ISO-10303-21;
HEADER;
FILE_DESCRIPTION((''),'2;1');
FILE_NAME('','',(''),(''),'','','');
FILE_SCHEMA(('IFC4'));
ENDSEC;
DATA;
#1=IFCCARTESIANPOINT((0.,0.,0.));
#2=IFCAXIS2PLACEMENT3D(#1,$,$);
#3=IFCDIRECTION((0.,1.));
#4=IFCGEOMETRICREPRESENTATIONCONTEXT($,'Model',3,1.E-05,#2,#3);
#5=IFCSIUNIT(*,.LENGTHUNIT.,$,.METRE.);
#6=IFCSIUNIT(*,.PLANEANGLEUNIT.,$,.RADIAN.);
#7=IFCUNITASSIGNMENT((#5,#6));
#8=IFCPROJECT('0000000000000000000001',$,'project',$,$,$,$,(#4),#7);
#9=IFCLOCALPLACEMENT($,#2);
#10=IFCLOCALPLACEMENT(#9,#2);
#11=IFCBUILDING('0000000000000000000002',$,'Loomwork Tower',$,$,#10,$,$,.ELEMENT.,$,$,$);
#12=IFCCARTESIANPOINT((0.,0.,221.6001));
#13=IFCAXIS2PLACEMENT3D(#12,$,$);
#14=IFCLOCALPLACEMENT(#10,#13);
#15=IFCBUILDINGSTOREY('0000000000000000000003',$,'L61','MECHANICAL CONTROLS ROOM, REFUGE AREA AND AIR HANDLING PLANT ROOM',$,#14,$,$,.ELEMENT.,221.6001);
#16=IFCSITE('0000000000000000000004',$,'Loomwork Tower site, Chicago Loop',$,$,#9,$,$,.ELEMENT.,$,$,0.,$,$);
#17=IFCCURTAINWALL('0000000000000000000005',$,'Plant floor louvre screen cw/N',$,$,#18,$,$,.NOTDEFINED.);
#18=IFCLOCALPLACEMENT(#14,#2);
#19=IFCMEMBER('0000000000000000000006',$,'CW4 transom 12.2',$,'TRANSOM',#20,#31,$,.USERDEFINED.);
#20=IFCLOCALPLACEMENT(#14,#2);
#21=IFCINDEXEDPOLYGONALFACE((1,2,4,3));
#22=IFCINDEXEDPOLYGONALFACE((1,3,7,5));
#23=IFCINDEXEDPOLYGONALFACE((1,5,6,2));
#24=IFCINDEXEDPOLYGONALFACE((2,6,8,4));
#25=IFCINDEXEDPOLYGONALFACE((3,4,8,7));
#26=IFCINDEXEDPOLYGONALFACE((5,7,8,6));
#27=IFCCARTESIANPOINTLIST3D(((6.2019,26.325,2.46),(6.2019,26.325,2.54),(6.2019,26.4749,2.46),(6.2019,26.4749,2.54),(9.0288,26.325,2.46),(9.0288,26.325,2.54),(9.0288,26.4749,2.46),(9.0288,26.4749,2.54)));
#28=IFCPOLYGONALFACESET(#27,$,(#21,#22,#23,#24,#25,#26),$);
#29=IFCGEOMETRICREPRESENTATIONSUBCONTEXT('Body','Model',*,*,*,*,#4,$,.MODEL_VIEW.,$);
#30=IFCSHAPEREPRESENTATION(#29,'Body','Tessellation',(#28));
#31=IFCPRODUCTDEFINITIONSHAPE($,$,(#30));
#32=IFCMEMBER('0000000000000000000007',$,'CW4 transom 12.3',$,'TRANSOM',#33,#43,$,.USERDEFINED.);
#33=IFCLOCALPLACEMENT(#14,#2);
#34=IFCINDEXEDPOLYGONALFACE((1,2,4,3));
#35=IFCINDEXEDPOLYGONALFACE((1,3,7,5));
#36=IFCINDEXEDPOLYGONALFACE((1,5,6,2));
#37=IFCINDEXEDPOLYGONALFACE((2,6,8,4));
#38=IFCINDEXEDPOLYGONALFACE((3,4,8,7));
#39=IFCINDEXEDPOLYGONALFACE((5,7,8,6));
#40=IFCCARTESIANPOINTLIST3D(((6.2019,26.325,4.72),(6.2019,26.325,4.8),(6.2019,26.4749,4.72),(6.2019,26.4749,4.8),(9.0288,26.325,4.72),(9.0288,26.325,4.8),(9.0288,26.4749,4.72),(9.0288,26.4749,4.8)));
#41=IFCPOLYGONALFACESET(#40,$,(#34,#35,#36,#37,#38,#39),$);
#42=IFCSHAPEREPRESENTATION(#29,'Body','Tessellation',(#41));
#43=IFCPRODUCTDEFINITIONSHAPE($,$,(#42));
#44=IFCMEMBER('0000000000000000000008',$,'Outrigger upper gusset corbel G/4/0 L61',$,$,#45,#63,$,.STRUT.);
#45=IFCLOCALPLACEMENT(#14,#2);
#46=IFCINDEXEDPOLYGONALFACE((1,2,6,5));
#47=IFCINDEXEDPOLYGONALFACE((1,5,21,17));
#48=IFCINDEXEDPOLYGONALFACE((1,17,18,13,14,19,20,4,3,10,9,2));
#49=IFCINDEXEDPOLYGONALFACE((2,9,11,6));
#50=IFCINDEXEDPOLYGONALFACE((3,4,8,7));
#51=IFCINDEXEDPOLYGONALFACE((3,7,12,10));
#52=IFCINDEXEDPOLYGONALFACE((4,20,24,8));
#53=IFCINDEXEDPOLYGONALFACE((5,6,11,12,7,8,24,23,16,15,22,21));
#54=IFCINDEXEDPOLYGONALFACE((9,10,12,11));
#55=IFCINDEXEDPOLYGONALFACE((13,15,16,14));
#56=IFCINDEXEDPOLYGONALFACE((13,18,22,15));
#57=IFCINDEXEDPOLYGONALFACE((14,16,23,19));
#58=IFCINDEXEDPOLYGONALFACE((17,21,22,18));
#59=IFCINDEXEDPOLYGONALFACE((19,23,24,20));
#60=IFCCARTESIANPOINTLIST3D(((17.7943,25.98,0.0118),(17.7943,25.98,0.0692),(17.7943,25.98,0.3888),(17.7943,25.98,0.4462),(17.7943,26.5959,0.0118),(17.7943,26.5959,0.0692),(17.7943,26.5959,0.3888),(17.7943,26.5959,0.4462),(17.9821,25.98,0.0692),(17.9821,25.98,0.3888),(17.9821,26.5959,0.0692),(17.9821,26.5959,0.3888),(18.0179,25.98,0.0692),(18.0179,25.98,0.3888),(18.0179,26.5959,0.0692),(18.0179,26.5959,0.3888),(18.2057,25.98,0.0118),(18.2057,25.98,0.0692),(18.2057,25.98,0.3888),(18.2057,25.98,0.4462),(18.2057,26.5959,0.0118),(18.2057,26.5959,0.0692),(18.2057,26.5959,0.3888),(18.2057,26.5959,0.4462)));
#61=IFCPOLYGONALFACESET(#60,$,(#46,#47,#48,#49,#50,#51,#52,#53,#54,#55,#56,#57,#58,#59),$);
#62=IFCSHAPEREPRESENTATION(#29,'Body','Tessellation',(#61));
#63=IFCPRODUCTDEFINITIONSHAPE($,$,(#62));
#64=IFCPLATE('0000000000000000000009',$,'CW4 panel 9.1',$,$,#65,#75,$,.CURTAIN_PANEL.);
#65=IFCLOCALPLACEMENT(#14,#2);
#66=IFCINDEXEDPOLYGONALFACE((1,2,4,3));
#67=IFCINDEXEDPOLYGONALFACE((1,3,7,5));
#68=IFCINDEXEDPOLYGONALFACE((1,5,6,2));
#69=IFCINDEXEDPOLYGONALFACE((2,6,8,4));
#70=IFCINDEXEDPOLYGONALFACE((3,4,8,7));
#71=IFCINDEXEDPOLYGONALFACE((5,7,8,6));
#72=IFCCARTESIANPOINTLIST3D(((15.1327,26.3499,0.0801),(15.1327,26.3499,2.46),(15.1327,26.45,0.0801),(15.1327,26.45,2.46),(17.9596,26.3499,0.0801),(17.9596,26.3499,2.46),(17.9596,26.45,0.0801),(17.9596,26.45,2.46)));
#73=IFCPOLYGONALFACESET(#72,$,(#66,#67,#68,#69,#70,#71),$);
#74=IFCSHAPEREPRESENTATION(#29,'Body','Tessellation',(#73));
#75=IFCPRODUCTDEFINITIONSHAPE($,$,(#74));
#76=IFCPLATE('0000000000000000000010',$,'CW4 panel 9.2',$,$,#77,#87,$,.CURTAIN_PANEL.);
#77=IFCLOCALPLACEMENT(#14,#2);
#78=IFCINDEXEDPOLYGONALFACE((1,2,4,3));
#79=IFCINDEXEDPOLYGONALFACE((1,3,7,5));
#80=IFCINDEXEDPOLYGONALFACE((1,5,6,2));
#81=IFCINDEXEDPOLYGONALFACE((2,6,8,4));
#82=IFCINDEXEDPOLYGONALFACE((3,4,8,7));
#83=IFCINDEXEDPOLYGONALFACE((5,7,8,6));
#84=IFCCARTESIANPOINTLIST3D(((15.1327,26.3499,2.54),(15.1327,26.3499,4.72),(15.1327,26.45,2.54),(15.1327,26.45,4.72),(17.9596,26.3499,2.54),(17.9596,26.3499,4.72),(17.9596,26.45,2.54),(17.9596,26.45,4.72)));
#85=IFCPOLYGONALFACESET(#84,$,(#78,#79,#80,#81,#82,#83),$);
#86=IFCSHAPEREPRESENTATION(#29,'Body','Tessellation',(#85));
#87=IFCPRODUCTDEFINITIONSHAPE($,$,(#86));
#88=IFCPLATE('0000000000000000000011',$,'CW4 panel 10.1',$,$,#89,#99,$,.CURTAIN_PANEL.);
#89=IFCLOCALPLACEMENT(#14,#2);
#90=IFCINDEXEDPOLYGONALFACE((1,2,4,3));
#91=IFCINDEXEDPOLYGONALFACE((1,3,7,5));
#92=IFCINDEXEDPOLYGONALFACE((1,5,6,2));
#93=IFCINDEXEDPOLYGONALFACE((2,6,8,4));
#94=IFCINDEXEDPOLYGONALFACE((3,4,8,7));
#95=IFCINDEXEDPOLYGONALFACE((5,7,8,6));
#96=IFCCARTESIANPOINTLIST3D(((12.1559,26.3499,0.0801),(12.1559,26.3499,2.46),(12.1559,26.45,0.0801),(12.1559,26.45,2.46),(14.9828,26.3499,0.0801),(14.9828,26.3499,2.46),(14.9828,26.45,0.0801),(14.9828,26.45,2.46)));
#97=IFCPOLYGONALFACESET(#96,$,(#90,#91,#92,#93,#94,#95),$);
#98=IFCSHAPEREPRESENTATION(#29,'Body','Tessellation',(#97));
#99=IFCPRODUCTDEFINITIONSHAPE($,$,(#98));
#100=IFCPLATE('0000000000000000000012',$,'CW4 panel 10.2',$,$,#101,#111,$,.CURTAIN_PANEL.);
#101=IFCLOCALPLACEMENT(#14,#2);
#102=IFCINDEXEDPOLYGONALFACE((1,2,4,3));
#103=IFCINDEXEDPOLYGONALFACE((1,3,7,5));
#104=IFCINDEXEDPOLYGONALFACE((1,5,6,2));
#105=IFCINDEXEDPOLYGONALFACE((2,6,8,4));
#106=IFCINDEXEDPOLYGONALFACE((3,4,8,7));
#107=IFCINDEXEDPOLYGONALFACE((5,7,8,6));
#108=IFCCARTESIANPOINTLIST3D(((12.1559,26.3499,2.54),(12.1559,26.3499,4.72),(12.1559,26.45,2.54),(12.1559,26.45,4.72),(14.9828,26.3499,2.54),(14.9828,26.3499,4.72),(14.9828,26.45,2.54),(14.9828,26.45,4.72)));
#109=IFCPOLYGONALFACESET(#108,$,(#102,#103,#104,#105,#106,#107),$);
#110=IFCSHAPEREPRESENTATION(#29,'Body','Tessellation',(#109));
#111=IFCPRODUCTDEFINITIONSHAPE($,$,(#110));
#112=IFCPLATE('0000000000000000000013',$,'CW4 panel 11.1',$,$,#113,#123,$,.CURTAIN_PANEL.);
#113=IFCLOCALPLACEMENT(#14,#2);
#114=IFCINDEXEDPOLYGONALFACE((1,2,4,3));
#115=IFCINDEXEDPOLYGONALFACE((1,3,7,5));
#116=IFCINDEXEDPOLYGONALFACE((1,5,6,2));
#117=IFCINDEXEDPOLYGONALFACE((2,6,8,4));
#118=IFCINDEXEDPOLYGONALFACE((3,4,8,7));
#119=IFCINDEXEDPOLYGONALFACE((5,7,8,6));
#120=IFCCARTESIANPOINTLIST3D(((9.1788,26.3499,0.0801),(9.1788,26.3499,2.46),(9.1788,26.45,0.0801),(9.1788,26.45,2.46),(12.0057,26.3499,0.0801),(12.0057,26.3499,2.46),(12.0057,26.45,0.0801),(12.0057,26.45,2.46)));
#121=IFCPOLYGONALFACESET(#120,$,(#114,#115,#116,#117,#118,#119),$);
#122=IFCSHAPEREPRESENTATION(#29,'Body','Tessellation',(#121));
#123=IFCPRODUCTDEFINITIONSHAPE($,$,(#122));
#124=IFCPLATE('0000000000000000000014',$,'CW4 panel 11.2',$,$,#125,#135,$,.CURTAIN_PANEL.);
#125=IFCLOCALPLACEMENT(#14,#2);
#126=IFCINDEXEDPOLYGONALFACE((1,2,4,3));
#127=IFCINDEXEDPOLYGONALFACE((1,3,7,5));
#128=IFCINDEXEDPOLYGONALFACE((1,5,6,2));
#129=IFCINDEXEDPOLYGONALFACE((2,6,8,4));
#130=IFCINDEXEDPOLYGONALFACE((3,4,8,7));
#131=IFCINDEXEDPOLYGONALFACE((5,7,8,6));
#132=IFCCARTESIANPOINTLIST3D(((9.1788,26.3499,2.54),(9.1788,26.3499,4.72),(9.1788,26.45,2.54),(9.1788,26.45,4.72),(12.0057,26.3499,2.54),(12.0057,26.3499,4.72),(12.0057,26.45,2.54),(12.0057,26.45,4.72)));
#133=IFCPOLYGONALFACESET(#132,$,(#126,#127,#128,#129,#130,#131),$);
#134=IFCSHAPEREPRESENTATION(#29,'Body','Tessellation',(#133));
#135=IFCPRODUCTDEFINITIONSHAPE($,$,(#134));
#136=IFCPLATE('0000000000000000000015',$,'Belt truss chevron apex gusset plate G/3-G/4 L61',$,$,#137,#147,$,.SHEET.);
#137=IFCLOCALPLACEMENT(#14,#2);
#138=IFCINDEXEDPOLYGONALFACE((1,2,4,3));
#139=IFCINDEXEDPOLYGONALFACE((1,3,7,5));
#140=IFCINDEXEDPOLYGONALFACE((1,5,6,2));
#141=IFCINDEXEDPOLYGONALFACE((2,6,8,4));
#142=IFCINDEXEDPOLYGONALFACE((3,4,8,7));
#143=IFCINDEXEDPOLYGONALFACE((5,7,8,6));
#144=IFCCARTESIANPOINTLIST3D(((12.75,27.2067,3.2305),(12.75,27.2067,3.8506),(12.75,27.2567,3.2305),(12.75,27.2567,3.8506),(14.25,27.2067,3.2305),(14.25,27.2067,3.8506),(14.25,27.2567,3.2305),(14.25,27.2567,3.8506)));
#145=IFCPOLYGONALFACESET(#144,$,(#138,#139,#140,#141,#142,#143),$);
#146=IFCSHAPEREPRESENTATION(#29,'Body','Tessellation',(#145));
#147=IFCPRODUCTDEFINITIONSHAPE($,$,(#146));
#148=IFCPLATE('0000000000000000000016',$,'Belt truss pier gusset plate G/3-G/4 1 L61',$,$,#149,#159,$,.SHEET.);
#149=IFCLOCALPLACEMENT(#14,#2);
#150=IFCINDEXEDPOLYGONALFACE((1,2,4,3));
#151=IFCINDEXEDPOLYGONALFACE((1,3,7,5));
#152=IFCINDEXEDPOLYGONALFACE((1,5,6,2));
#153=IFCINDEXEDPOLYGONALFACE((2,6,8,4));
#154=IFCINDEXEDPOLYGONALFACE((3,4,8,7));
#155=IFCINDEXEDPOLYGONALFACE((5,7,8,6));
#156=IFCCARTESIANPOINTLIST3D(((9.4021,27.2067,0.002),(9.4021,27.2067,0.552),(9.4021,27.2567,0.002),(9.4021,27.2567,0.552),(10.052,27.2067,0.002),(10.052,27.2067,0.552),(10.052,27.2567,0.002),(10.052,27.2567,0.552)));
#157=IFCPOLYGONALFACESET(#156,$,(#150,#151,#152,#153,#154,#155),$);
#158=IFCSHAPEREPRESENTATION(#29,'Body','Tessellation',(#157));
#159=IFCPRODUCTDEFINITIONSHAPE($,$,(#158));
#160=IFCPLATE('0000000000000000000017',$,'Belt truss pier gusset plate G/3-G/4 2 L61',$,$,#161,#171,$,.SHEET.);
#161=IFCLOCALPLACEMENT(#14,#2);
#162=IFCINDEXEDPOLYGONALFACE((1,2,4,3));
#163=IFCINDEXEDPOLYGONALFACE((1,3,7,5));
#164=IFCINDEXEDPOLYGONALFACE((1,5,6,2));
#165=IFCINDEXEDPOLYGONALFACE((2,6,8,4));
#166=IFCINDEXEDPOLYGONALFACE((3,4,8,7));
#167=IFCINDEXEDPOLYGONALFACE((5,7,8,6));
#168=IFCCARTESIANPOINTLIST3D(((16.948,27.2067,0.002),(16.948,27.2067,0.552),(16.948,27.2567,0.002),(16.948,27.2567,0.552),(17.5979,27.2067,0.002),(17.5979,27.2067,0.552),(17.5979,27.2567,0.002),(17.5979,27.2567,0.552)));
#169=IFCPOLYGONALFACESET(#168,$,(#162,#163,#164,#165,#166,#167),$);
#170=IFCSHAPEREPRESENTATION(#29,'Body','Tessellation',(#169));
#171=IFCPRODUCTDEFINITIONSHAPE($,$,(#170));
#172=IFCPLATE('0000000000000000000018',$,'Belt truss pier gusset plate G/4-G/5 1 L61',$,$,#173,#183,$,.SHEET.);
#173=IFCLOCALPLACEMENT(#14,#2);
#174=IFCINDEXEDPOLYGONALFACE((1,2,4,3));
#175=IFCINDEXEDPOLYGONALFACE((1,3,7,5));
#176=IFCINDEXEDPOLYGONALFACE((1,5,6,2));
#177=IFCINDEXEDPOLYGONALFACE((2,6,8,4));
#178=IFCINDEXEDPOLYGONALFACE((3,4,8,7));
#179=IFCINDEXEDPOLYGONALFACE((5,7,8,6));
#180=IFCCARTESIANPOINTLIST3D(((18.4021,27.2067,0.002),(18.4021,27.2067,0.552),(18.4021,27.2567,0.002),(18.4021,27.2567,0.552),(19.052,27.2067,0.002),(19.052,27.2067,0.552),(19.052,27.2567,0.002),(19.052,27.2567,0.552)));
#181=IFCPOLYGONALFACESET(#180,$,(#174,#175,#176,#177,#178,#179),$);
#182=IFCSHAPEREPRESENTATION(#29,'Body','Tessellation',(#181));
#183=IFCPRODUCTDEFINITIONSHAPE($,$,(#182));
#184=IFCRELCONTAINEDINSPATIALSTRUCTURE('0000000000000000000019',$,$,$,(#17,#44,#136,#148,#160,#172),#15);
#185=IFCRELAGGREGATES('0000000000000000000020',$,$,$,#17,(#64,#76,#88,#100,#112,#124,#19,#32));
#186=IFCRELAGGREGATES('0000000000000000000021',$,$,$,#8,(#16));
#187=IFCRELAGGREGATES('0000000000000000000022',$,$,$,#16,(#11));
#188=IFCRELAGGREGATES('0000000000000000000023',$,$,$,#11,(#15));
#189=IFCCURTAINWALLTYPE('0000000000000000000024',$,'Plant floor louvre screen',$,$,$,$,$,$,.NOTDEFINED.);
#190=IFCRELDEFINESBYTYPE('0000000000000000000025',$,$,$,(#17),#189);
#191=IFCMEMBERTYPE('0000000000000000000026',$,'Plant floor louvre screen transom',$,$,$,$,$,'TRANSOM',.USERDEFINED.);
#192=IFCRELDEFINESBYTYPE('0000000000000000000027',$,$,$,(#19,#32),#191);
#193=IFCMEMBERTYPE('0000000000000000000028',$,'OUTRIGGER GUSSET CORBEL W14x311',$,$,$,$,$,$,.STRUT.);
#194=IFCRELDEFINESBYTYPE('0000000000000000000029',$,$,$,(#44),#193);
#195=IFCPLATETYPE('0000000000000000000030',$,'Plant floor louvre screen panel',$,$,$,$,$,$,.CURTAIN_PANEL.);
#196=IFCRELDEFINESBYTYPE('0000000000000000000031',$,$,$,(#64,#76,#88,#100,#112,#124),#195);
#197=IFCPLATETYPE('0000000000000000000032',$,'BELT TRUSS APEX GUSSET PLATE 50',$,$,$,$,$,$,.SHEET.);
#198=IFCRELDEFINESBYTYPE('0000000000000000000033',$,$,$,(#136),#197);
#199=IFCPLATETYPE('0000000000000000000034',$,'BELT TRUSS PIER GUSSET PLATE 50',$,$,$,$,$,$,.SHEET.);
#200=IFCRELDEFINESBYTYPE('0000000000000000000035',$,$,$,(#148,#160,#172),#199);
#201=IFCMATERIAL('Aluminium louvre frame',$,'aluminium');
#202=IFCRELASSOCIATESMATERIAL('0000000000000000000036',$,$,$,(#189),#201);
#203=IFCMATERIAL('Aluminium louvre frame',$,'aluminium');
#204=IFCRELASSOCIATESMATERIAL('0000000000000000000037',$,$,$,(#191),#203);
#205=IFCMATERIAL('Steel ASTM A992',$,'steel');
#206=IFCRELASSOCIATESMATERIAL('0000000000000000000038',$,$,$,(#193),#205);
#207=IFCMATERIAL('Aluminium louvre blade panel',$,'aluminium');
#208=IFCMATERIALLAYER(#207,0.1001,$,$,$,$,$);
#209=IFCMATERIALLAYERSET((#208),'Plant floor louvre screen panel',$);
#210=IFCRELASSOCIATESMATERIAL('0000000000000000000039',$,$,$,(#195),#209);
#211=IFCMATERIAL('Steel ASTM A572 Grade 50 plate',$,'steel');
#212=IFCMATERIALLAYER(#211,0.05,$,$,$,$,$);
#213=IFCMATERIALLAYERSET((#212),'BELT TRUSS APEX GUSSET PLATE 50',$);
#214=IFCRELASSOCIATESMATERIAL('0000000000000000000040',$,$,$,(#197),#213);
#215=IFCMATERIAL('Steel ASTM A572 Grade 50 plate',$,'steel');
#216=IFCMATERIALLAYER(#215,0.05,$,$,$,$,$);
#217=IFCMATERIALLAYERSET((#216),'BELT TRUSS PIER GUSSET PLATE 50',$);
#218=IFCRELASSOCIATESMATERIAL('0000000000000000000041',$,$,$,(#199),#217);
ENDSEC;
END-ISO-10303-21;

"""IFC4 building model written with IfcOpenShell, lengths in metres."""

from ifc_helpers import new_model, si_unit, direction, frame, origin, origin_2d, place, context, subcontext, project, spatial, rectangle, i_section, extrude, material, layer, layer_set, material_profile, profile_set, type_object, element, aggregate, save


model = new_model("IFC4")

# Units and contexts
model_context = context("Model", 3, precision=1e-05, world=origin(), true_north=direction((0.0, 1.0)))
body_context = subcontext(model_context, "Body", "Model", "MODEL_VIEW")
ifc_project = project(units=[si_unit("LENGTHUNIT", "METRE"), si_unit("PLANEANGLEUNIT", "RADIAN")], contexts=[model_context])

# Site, building, storey
site_placement = place(None, origin())
site = spatial("IfcSite", under=ifc_project, at=site_placement, Name="Loomwork Tower site, Chicago Loop", CompositionType="ELEMENT", RefElevation=0.0)
building_placement = place(site_placement, origin())
building = spatial("IfcBuilding", under=site, at=building_placement, Name="Loomwork Tower", CompositionType="ELEMENT")
storey_placement = place(building_placement, frame((0.0, 0.0, 221.6001)))
storey = spatial("IfcBuildingStorey", under=building, at=storey_placement, Name="L61", Description="MECHANICAL CONTROLS ROOM, REFUGE AREA AND AIR HANDLING PLANT ROOM", CompositionType="ELEMENT", Elevation=221.6001)

# Curtain wall, members
ifc_material_1 = material(Name="Aluminium louvre frame", Category="aluminium")
curtain_wall_type = type_object("IfcCurtainWallType", Name="Plant floor louvre screen", PredefinedType="NOTDEFINED", material=ifc_material_1)
curtain_wall_placement = place(storey_placement, origin())
curtain_wall = element("IfcCurtainWall", 1, at=curtain_wall_placement, inside=storey, type_object=curtain_wall_type, Name="Plant floor louvre screen cw/N", PredefinedType="NOTDEFINED")
ifc_material_2 = material(Name="Aluminium louvre frame", Category="aluminium")
ifc_material_profile_1 = material_profile(ifc_material_2, rectangle(XDim=0.1499, YDim=0.0801, at=origin_2d()), Name="AL 80x150")
ifc_profile_set_1 = profile_set([ifc_material_profile_1], Name="Aluminium louvre frame")
member_type_1 = type_object("IfcMemberType", Name="Plant floor louvre screen transom", ElementType="TRANSOM", PredefinedType="USERDEFINED", material=ifc_profile_set_1)
member_1_placement = place(storey_placement, frame((9.0288, 26.3999, 2.5), z_axis=(-1.0, 0.0, 0.0), x_axis=(0.0, -1.0, 0.0)))
member_1 = element("IfcMember", 2, at=member_1_placement, type_object=member_type_1, Name="CW4 transom 12.2", ObjectType="TRANSOM", PredefinedType="USERDEFINED", context=body_context, shape_type="SweptSolid", body=[
    extrude(rectangle(XDim=0.1499, YDim=0.0801, at=origin_2d()), origin(), (0.0, 0.0, 1.0), 2.8269),
])
member_2_placement = place(storey_placement, frame((9.0288, 26.3999, 4.76), z_axis=(-1.0, 0.0, 0.0), x_axis=(0.0, -1.0, 0.0)))
member_2 = element("IfcMember", 3, at=member_2_placement, type_object=member_type_1, Name="CW4 transom 12.3", ObjectType="TRANSOM", PredefinedType="USERDEFINED", context=body_context, shape_type="SweptSolid", body=[
    extrude(rectangle(XDim=0.1499, YDim=0.0801, at=origin_2d()), origin(), (0.0, 0.0, 1.0), 2.8269),
])

# Member
ifc_material_3 = material(Name="Steel ASTM A992", Category="steel")
ifc_material_profile_2 = material_profile(ifc_material_3, i_section(OverallWidth=0.4114, OverallDepth=0.4343, WebThickness=0.0359, FlangeThickness=0.0574, at=origin_2d()), Name="W14x311")
ifc_profile_set_2 = profile_set([ifc_material_profile_2], Name="Steel ASTM A992")
member_type_2 = type_object("IfcMemberType", Name="OUTRIGGER GUSSET CORBEL W14x311", PredefinedType="STRUT", material=ifc_profile_set_2)
member_3_placement = place(storey_placement, frame((18.0, 26.5959, 0.229), z_axis=(0.0, -1.0, 0.0), x_axis=(1.0, 0.0, 0.0)))
element("IfcMember", 4, at=member_3_placement, inside=storey, type_object=member_type_2, Name="Outrigger upper gusset corbel G/4/0 L61", PredefinedType="STRUT", context=body_context, shape_type="SweptSolid", body=[
    extrude(i_section(OverallWidth=0.4114, OverallDepth=0.4343, WebThickness=0.0359, FlangeThickness=0.0574, at=origin_2d()), origin(), (0.0, 0.0, 1.0), 0.616),
])

# Plates
ifc_material_4 = material(Name="Aluminium louvre blade panel", Category="aluminium")
ifc_layer_1 = layer(ifc_material_4, 0.1001)
ifc_layer_set_1 = layer_set([ifc_layer_1], Name="Plant floor louvre screen panel")
plate_type_1 = type_object("IfcPlateType", Name="Plant floor louvre screen panel", PredefinedType="CURTAIN_PANEL", material=ifc_layer_set_1)
plate_1_placement = place(storey_placement, frame((16.5461, 26.3999, 0.0801), z_axis=(0.0, 0.0, 1.0), x_axis=(-1.0, 0.0, 0.0)))
plate_1 = element("IfcPlate", 5, at=plate_1_placement, type_object=plate_type_1, Name="CW4 panel 9.1", PredefinedType="CURTAIN_PANEL", context=body_context, shape_type="SweptSolid", body=[
    extrude(rectangle(XDim=2.8269, YDim=0.1001, at=origin_2d()), origin(), (0.0, 0.0, 1.0), 2.3799),
])
plate_2_placement = place(storey_placement, frame((16.5461, 26.3999, 2.54), z_axis=(0.0, 0.0, 1.0), x_axis=(-1.0, 0.0, 0.0)))
plate_2 = element("IfcPlate", 6, at=plate_2_placement, type_object=plate_type_1, Name="CW4 panel 9.2", PredefinedType="CURTAIN_PANEL", context=body_context, shape_type="SweptSolid", body=[
    extrude(rectangle(XDim=2.8269, YDim=0.1001, at=origin_2d()), origin(), (0.0, 0.0, 1.0), 2.1799),
])
plate_3_placement = place(storey_placement, frame((13.5693, 26.3999, 0.0801), z_axis=(0.0, 0.0, 1.0), x_axis=(-1.0, 0.0, 0.0)))
plate_3 = element("IfcPlate", 7, at=plate_3_placement, type_object=plate_type_1, Name="CW4 panel 10.1", PredefinedType="CURTAIN_PANEL", context=body_context, shape_type="SweptSolid", body=[
    extrude(rectangle(XDim=2.8269, YDim=0.1001, at=origin_2d()), origin(), (0.0, 0.0, 1.0), 2.3799),
])
plate_4_placement = place(storey_placement, frame((13.5693, 26.3999, 2.54), z_axis=(0.0, 0.0, 1.0), x_axis=(-1.0, 0.0, 0.0)))
plate_4 = element("IfcPlate", 8, at=plate_4_placement, type_object=plate_type_1, Name="CW4 panel 10.2", PredefinedType="CURTAIN_PANEL", context=body_context, shape_type="SweptSolid", body=[
    extrude(rectangle(XDim=2.8269, YDim=0.1001, at=origin_2d()), origin(), (0.0, 0.0, 1.0), 2.1799),
])
plate_5_placement = place(storey_placement, frame((10.5923, 26.3999, 0.0801), z_axis=(0.0, 0.0, 1.0), x_axis=(-1.0, 0.0, 0.0)))
plate_5 = element("IfcPlate", 9, at=plate_5_placement, type_object=plate_type_1, Name="CW4 panel 11.1", PredefinedType="CURTAIN_PANEL", context=body_context, shape_type="SweptSolid", body=[
    extrude(rectangle(XDim=2.8269, YDim=0.1001, at=origin_2d()), origin(), (0.0, 0.0, 1.0), 2.3799),
])
plate_6_placement = place(storey_placement, frame((10.5923, 26.3999, 2.54), z_axis=(0.0, 0.0, 1.0), x_axis=(-1.0, 0.0, 0.0)))
plate_6 = element("IfcPlate", 10, at=plate_6_placement, type_object=plate_type_1, Name="CW4 panel 11.2", PredefinedType="CURTAIN_PANEL", context=body_context, shape_type="SweptSolid", body=[
    extrude(rectangle(XDim=2.8269, YDim=0.1001, at=origin_2d()), origin(), (0.0, 0.0, 1.0), 2.1799),
])
aggregate(curtain_wall, [plate_1, plate_2, plate_3, plate_4, plate_5, plate_6, member_1, member_2])

# Plates
ifc_material_5 = material(Name="Steel ASTM A572 Grade 50 plate", Category="steel")
ifc_layer_2 = layer(ifc_material_5, 0.05)
ifc_layer_set_2 = layer_set([ifc_layer_2], Name="BELT TRUSS APEX GUSSET PLATE 50")
plate_type_2 = type_object("IfcPlateType", Name="BELT TRUSS APEX GUSSET PLATE 50", PredefinedType="SHEET", material=ifc_layer_set_2)
plate_7_placement = place(storey_placement, frame((13.5, 27.2317, 3.2305), z_axis=(0.0, 0.0, 1.0), x_axis=(1.0, 0.0, 0.0)))
element("IfcPlate", 11, at=plate_7_placement, inside=storey, type_object=plate_type_2, Name="Belt truss chevron apex gusset plate G/3-G/4 L61", PredefinedType="SHEET", context=body_context, shape_type="SweptSolid", body=[
    extrude(rectangle(XDim=1.5, YDim=0.05, at=origin_2d()), origin(), (0.0, 0.0, 1.0), 0.6201),
])
ifc_material_6 = material(Name="Steel ASTM A572 Grade 50 plate", Category="steel")
ifc_layer_3 = layer(ifc_material_6, 0.05)
ifc_layer_set_3 = layer_set([ifc_layer_3], Name="BELT TRUSS PIER GUSSET PLATE 50")
plate_type_3 = type_object("IfcPlateType", Name="BELT TRUSS PIER GUSSET PLATE 50", PredefinedType="SHEET", material=ifc_layer_set_3)
for number, where, z_axis, x_axis, name in (
    (12, (9.7271, 27.2317, 0.002), (0.0, 0.0, 1.0), (1.0, 0.0, 0.0), "Belt truss pier gusset plate G/3-G/4 1 L61"),
    (13, (17.2729, 27.2317, 0.002), (0.0, 0.0, 1.0), (1.0, 0.0, 0.0), "Belt truss pier gusset plate G/3-G/4 2 L61"),
    (14, (18.7271, 27.2317, 0.002), (0.0, 0.0, 1.0), (1.0, 0.0, 0.0), "Belt truss pier gusset plate G/4-G/5 1 L61"),
):
    element("IfcPlate", number, at=place(storey_placement, frame(where, z_axis=z_axis, x_axis=x_axis)), inside=storey, type_object=plate_type_3, Name=name, PredefinedType="SHEET", context=body_context, shape_type="SweptSolid", body=[
        extrude(rectangle(XDim=0.6499, YDim=0.05, at=origin_2d()), origin(), (0.0, 0.0, 1.0), 0.55),
    ])

save(model, "model.ifc")
